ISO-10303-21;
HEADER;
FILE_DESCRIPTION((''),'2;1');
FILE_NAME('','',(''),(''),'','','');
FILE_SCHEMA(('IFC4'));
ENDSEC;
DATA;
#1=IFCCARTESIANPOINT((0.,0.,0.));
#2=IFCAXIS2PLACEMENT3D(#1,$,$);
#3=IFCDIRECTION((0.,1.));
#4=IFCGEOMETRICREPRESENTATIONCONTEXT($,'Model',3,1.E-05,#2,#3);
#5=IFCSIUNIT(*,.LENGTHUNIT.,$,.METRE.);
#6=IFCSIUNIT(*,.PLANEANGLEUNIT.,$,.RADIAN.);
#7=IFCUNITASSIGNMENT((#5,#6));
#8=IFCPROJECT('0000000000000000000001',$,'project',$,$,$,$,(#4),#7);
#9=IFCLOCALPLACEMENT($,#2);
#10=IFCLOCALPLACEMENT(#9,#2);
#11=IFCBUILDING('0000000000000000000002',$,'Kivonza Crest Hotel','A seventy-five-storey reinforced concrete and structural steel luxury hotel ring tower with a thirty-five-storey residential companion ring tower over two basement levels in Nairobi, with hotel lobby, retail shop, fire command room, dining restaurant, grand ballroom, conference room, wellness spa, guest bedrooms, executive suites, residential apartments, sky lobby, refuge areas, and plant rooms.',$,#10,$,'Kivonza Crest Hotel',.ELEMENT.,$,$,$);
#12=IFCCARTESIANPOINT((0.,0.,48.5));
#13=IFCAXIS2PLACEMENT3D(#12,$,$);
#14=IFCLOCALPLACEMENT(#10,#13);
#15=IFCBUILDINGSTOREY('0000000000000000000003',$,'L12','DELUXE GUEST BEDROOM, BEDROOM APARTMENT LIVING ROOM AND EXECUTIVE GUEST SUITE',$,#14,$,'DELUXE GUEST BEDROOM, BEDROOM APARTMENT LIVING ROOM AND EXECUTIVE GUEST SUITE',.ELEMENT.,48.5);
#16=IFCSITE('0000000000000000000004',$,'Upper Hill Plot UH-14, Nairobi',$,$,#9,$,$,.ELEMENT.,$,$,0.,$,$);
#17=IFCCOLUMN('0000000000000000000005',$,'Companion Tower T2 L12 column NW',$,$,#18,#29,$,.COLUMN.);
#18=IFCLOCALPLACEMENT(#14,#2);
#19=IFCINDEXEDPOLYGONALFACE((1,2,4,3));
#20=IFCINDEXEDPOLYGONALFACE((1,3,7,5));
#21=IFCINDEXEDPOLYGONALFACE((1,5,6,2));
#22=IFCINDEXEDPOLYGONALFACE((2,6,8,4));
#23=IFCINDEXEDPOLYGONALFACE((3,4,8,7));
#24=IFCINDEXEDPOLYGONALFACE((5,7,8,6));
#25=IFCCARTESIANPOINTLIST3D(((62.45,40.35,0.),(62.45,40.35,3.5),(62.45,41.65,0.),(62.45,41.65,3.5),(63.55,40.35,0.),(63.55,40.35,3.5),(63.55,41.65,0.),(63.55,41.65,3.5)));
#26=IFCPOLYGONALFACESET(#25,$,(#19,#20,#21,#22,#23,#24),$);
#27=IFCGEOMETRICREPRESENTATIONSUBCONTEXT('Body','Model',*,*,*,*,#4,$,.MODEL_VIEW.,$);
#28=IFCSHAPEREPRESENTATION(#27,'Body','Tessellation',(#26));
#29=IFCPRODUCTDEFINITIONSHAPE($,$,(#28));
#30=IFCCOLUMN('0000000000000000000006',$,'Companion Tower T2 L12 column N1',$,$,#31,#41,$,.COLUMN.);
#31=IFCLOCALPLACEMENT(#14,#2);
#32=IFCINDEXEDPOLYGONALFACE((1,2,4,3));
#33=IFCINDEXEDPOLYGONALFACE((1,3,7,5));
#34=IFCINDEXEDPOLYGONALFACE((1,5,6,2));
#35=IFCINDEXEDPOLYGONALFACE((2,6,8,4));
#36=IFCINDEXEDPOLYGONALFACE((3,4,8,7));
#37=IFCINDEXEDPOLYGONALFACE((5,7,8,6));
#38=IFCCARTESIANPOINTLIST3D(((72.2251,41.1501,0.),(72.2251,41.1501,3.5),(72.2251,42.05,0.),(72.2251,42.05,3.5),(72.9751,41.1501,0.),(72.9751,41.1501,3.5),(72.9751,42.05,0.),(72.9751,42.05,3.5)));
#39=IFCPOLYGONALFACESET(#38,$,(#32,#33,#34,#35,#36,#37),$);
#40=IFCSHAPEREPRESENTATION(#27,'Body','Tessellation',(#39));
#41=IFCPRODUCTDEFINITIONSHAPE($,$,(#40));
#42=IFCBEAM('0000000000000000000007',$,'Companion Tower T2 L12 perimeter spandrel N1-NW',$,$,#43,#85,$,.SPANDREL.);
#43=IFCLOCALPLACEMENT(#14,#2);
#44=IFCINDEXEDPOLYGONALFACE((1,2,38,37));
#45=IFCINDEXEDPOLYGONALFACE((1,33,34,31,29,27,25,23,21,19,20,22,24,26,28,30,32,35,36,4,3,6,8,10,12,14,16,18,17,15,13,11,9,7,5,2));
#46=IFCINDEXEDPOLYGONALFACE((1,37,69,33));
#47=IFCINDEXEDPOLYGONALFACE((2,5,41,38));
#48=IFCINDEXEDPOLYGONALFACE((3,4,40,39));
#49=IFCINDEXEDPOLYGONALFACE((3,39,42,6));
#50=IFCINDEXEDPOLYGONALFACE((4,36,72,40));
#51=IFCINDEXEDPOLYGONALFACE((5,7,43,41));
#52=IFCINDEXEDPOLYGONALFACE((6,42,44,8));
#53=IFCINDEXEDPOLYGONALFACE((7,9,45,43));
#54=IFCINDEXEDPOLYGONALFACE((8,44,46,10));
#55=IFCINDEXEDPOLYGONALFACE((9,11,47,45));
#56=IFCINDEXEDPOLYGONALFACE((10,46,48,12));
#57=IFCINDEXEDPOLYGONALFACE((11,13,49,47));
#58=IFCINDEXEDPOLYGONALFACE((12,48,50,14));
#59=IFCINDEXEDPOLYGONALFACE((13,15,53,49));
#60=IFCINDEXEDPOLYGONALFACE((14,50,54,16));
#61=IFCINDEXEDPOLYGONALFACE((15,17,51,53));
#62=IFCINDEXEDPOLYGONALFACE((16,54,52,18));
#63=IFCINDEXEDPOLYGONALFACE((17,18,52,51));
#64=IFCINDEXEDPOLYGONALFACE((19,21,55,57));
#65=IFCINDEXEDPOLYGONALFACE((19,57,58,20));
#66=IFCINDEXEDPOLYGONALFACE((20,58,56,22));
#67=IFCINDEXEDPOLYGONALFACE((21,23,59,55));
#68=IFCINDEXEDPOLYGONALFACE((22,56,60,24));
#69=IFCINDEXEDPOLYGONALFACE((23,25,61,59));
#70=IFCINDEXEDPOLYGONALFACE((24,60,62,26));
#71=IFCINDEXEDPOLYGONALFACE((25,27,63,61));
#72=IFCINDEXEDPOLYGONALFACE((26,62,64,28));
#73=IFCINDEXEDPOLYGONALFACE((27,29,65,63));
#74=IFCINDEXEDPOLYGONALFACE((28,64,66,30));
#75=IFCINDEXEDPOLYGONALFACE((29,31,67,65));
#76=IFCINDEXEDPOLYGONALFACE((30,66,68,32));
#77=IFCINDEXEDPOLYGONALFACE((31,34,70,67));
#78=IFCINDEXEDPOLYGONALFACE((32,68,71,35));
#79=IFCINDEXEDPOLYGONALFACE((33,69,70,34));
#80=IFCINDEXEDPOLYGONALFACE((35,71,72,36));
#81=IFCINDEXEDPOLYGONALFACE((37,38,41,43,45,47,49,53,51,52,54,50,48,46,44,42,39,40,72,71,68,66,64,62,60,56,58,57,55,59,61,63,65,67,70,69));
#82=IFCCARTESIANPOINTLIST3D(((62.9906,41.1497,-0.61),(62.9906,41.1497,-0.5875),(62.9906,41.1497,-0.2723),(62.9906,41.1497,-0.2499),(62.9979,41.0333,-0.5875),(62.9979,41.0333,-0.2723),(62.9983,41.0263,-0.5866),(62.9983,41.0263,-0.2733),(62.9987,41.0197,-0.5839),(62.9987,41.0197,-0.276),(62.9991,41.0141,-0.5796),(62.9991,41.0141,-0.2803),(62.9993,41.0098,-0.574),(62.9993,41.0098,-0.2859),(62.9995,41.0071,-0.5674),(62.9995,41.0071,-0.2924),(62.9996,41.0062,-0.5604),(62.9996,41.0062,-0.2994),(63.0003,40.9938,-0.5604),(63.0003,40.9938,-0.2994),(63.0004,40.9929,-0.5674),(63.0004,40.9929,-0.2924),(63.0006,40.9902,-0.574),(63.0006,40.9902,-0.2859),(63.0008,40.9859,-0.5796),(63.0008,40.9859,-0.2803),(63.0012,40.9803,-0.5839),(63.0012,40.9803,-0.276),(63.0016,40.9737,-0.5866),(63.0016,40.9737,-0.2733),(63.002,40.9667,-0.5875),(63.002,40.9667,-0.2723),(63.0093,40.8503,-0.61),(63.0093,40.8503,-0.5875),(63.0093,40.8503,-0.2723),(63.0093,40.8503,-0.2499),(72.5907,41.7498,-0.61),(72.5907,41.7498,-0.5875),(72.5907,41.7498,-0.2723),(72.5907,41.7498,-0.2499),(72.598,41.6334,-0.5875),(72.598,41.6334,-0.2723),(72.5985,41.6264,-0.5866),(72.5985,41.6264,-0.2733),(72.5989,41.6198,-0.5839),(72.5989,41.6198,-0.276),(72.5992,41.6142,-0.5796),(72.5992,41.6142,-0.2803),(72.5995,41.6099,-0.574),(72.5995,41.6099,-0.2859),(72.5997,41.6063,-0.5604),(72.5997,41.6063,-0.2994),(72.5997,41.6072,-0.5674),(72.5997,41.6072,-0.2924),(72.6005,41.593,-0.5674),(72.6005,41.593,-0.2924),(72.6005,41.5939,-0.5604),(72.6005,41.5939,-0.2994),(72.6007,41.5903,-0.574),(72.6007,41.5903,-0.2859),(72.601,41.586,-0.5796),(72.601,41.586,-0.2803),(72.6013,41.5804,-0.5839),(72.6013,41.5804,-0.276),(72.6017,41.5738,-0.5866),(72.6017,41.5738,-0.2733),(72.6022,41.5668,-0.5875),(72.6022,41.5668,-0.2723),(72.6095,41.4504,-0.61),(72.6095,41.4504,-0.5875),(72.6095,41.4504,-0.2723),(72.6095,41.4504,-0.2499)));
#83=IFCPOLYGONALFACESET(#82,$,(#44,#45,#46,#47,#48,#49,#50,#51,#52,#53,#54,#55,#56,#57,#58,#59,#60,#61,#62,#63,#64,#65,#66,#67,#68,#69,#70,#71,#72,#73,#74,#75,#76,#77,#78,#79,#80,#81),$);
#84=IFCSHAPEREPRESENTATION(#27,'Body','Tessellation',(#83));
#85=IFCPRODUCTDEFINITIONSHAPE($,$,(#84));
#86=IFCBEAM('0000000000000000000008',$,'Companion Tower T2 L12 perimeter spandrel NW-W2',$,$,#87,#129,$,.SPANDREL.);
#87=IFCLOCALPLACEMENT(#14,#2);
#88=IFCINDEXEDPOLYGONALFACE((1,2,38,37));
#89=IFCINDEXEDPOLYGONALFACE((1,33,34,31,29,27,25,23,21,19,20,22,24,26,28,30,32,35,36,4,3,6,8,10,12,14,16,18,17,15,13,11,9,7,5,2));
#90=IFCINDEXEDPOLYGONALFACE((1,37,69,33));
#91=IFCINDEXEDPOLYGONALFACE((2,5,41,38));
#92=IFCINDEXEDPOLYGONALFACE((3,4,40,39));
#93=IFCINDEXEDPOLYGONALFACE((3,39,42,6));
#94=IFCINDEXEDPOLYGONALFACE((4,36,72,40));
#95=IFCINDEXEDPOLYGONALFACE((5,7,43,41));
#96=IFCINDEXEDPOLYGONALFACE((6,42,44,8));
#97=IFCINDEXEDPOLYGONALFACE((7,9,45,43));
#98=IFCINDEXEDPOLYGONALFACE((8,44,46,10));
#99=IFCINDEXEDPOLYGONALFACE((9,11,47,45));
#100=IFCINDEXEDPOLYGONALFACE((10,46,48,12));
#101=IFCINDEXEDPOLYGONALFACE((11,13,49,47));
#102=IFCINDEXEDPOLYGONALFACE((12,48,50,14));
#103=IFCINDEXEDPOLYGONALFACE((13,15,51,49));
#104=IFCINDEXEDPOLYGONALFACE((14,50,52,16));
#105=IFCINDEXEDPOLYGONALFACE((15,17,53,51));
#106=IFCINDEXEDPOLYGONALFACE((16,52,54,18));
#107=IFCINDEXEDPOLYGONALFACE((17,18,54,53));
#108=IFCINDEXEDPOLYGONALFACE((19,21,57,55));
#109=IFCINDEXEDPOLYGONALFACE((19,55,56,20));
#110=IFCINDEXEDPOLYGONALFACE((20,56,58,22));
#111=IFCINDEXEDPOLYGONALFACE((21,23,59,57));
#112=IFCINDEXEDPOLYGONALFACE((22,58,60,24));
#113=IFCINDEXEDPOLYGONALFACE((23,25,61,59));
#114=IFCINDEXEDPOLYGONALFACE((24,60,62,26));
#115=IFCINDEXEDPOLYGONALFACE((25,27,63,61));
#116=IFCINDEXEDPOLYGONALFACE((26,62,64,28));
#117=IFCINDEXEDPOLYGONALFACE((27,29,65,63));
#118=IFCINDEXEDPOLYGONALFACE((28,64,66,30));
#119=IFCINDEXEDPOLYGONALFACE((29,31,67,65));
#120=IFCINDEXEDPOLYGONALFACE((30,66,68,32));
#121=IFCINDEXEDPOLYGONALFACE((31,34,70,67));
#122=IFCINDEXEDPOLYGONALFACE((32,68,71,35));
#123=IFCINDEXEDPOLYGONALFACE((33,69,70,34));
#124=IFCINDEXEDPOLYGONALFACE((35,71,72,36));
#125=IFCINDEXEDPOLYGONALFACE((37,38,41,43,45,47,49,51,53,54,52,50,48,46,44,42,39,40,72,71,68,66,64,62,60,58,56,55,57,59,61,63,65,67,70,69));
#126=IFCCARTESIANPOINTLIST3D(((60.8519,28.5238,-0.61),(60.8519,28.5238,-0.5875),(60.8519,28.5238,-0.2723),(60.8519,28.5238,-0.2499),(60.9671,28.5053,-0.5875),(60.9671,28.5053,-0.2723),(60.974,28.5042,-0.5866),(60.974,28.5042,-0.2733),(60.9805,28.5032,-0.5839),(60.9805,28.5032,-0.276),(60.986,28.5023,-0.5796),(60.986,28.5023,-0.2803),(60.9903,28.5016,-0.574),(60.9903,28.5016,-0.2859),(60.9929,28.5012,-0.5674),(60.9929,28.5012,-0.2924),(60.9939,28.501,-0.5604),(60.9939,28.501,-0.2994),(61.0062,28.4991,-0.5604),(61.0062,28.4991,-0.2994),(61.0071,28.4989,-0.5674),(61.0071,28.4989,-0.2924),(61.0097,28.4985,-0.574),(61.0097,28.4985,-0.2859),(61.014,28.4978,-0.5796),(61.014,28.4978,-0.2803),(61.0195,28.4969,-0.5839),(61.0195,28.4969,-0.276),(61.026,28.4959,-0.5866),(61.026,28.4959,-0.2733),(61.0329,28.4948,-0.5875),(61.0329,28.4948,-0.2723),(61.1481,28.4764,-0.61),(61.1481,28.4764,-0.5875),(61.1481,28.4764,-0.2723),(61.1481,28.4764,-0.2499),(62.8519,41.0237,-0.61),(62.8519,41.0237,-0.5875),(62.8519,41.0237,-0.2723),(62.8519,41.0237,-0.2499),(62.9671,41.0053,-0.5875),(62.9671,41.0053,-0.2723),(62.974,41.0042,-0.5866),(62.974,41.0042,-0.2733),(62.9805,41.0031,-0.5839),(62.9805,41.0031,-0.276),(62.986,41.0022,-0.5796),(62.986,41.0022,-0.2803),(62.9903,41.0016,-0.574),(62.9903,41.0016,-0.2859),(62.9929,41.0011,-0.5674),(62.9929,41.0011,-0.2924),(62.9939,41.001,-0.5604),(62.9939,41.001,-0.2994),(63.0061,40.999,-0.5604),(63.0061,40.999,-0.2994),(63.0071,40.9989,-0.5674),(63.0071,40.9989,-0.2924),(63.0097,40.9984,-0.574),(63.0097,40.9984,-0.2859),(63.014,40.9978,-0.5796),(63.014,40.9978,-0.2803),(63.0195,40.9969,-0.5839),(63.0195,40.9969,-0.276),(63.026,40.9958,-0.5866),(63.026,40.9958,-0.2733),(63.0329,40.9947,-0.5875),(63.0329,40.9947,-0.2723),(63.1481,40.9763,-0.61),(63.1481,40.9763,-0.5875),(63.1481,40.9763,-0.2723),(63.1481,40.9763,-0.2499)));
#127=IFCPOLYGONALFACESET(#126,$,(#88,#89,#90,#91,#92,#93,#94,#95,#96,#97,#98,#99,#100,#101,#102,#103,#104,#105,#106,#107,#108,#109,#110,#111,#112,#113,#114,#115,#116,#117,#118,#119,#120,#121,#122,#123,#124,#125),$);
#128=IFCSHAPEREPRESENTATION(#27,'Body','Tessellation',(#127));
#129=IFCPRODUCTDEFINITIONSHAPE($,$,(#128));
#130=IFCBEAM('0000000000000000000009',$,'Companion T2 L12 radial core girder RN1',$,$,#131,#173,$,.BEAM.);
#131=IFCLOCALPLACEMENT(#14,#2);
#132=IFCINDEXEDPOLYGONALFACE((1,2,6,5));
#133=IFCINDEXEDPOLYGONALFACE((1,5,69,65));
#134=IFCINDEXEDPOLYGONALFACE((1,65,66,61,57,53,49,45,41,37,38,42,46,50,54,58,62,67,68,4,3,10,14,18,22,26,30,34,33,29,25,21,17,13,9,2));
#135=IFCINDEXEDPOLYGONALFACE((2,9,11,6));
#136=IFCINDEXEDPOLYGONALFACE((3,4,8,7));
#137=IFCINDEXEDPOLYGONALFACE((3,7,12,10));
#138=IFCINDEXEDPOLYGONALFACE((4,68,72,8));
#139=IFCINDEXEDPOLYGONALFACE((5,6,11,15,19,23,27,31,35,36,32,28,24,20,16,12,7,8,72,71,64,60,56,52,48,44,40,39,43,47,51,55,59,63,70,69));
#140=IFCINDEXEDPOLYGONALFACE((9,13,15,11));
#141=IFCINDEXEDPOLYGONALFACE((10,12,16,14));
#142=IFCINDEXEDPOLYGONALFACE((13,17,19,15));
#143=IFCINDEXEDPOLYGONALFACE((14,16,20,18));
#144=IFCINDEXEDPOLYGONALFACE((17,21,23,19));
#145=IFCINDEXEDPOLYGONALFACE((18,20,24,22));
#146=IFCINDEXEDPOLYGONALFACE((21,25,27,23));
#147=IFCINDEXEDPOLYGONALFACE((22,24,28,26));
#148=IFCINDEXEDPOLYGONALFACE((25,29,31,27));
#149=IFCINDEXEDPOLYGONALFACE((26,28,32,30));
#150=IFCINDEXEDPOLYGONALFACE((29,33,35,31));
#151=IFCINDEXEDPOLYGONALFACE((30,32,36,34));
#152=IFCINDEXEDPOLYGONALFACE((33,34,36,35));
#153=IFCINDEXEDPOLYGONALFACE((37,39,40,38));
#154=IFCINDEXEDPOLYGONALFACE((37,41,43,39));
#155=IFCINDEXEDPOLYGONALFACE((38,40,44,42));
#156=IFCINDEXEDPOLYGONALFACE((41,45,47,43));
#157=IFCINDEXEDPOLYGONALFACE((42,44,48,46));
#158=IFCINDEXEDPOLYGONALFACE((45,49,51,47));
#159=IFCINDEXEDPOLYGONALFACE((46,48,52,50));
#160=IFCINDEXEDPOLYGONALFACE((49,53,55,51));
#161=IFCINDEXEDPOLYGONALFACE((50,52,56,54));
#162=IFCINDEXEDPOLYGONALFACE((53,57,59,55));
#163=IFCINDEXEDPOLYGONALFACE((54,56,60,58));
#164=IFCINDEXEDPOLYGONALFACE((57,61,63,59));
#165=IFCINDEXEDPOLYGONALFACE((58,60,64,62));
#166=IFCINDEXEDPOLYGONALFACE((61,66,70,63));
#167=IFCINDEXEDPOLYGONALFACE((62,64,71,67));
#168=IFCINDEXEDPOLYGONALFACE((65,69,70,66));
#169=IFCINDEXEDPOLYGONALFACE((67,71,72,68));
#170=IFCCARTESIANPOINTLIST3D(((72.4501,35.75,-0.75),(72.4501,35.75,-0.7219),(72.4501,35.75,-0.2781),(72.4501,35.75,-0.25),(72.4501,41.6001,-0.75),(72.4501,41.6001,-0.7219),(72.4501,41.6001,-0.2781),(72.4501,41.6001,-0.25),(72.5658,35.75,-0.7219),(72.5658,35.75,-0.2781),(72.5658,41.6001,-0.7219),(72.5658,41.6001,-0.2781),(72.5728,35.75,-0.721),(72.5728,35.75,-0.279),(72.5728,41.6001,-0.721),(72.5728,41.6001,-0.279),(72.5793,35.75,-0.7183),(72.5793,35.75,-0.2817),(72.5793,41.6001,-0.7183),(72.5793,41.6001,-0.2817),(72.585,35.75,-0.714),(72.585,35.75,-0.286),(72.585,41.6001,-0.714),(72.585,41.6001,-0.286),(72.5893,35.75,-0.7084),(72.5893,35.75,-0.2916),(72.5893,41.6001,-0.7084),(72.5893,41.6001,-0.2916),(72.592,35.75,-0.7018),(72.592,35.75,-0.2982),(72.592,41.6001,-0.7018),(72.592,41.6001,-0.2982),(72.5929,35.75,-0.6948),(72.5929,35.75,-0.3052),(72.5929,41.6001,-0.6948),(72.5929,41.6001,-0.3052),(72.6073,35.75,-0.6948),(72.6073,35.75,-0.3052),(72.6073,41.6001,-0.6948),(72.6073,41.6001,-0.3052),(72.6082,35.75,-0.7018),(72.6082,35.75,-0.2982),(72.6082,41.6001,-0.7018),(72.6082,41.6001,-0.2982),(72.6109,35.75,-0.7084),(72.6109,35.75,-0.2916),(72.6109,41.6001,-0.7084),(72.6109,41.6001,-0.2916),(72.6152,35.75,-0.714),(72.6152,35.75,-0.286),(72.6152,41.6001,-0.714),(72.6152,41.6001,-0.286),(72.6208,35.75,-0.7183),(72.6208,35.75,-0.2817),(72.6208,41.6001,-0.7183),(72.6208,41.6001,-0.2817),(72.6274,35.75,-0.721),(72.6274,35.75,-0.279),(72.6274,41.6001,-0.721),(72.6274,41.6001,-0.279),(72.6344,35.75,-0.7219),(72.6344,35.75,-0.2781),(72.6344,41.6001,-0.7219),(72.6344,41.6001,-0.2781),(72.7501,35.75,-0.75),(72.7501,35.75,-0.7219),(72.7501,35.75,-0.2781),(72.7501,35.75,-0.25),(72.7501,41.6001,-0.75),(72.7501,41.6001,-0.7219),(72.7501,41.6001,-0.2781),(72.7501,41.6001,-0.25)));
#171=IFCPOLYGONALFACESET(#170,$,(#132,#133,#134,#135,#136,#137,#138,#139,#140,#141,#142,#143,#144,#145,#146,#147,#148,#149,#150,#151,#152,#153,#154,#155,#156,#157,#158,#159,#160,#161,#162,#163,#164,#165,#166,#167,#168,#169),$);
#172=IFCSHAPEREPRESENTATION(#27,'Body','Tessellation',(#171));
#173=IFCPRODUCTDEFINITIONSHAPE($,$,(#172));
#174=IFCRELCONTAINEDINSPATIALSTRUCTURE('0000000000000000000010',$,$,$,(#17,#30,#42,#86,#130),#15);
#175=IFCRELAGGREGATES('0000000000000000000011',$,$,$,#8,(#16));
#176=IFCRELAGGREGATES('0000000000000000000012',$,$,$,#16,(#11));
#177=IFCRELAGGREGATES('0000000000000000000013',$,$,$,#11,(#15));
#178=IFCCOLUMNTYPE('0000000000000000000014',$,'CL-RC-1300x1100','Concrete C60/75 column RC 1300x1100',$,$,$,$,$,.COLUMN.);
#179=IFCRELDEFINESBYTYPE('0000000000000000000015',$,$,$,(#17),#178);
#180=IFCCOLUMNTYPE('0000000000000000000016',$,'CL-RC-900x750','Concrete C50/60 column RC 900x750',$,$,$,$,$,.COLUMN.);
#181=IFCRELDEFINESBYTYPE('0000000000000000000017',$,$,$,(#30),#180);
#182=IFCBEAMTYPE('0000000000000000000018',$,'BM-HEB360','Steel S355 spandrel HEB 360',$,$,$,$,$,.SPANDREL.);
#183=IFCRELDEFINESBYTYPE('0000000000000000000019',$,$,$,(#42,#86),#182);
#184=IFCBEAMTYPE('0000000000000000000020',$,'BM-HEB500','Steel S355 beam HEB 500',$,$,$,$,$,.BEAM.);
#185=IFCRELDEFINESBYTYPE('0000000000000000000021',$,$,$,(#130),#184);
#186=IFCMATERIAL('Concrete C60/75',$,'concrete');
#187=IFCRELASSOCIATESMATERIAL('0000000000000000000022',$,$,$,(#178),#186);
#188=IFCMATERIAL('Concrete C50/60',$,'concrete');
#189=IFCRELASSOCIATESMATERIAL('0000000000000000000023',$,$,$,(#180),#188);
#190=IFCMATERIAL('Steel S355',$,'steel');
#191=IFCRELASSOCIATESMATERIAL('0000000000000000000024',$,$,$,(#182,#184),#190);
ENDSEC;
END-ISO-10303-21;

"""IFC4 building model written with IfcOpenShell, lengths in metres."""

from ifc_helpers import new_model, si_unit, direction, frame, origin, origin_2d, place, context, subcontext, project, spatial, rectangle, i_section, extrude, material, material_profile, profile_set, type_object, element, save


model = new_model("IFC4")

# Units and contexts
model_context = context("Model", 3, precision=1e-05, world=origin(), true_north=direction((0.0, 1.0)))
body_context = subcontext(model_context, "Body", "Model", "MODEL_VIEW")
ifc_project = project(units=[si_unit("LENGTHUNIT", "METRE"), si_unit("PLANEANGLEUNIT", "RADIAN")], contexts=[model_context])

# Site, building, storey
site_placement = place(None, origin())
site = spatial("IfcSite", under=ifc_project, at=site_placement, Name="Upper Hill Plot UH-14, Nairobi", CompositionType="ELEMENT", RefElevation=0.0)
building_placement = place(site_placement, origin())
building = spatial("IfcBuilding", under=site, at=building_placement, Name="Kivonza Crest Hotel", Description="A seventy-five-storey reinforced concrete and structural steel luxury hotel ring tower with a thirty-five-storey residential companion ring tower over two basement levels in Nairobi, with hotel lobby, retail shop, fire command room, dining restaurant, grand ballroom, conference room, wellness spa, guest bedrooms, executive suites, residential apartments, sky lobby, refuge areas, and plant rooms.", LongName="Kivonza Crest Hotel", CompositionType="ELEMENT")
storey_placement = place(building_placement, frame((0.0, 0.0, 48.5)))
storey = spatial("IfcBuildingStorey", under=building, at=storey_placement, Name="L12", Description="DELUXE GUEST BEDROOM, BEDROOM APARTMENT LIVING ROOM AND EXECUTIVE GUEST SUITE", LongName="DELUXE GUEST BEDROOM, BEDROOM APARTMENT LIVING ROOM AND EXECUTIVE GUEST SUITE", CompositionType="ELEMENT", Elevation=48.5)

# Columns
ifc_material_1 = material(Name="Concrete C60/75", Category="concrete")
ifc_material_profile_1 = material_profile(ifc_material_1, rectangle(XDim=1.1001, YDim=1.3, at=origin_2d()), Name="RC 1300x1100")
ifc_profile_set_1 = profile_set([ifc_material_profile_1], Name="Concrete C60/75")
column_type_1 = type_object("IfcColumnType", Name="CL-RC-1300x1100", Description="Concrete C60/75 column RC 1300x1100", PredefinedType="COLUMN", material=ifc_profile_set_1)
column_1_placement = place(storey_placement, frame((63.0, 41.0, 0.0), z_axis=(0.0, 0.0, 1.0), x_axis=(1.0, 0.0, 0.0)))
element("IfcColumn", 1, at=column_1_placement, inside=storey, type_object=column_type_1, Name="Companion Tower T2 L12 column NW", PredefinedType="COLUMN", context=body_context, shape_type="SweptSolid", body=[
    extrude(rectangle(XDim=1.1001, YDim=1.3, at=origin_2d()), origin(), (0.0, 0.0, 1.0), 3.5),
])
ifc_material_2 = material(Name="Concrete C50/60", Category="concrete")
ifc_material_profile_2 = material_profile(ifc_material_2, rectangle(XDim=0.75, YDim=0.8999, at=origin_2d()), Name="RC 900x750")
ifc_profile_set_2 = profile_set([ifc_material_profile_2], Name="Concrete C50/60")
column_type_2 = type_object("IfcColumnType", Name="CL-RC-900x750", Description="Concrete C50/60 column RC 900x750", PredefinedType="COLUMN", material=ifc_profile_set_2)
column_2_placement = place(storey_placement, frame((72.6001, 41.6001, 0.0), z_axis=(0.0, 0.0, 1.0), x_axis=(1.0, 0.0, 0.0)))
element("IfcColumn", 2, at=column_2_placement, inside=storey, type_object=column_type_2, Name="Companion Tower T2 L12 column N1", PredefinedType="COLUMN", context=body_context, shape_type="SweptSolid", body=[
    extrude(rectangle(XDim=0.75, YDim=0.8999, at=origin_2d()), origin(), (0.0, 0.0, 1.0), 3.5),
])

# Beams
ifc_material_3 = material(Name="Steel S355", Category="steel")
ifc_material_profile_3 = material_profile(ifc_material_3, i_section(OverallWidth=0.3, OverallDepth=0.3601, WebThickness=0.0125, FlangeThickness=0.0225, FilletRadius=0.0271, at=origin_2d()), Name="HEB 360")
ifc_profile_set_3 = profile_set([ifc_material_profile_3], Name="Steel S355")
beam_type_1 = type_object("IfcBeamType", Name="BM-HEB360", Description="Steel S355 spandrel HEB 360", PredefinedType="SPANDREL", material=ifc_profile_set_3)
beam_1_placement = place(storey_placement, frame((72.6001, 41.6001, -0.4299), z_axis=(-0.998052, -0.062388, 0.0), x_axis=(0.062388, -0.998052, 0.0)))
element("IfcBeam", 3, at=beam_1_placement, inside=storey, type_object=beam_type_1, Name="Companion Tower T2 L12 perimeter spandrel N1-NW", PredefinedType="SPANDREL", context=body_context, shape_type="SweptSolid", body=[
    extrude(i_section(OverallWidth=0.3, OverallDepth=0.3601, WebThickness=0.0125, FlangeThickness=0.0225, FilletRadius=0.0271, at=origin_2d()), origin(), (0.0, 0.0, 1.0), 9.6189),
])
beam_2_placement = place(storey_placement, frame((63.0, 41.0, -0.4299), z_axis=(-0.157991, -0.987441, 0.0), x_axis=(0.987441, -0.157991, 0.0)))
element("IfcBeam", 4, at=beam_2_placement, inside=storey, type_object=beam_type_1, Name="Companion Tower T2 L12 perimeter spandrel NW-W2", PredefinedType="SPANDREL", context=body_context, shape_type="SweptSolid", body=[
    extrude(i_section(OverallWidth=0.3, OverallDepth=0.3601, WebThickness=0.0125, FlangeThickness=0.0225, FilletRadius=0.0271, at=origin_2d()), origin(), (0.0, 0.0, 1.0), 12.6589),
])
ifc_material_profile_4 = material_profile(ifc_material_3, i_section(OverallWidth=0.3, OverallDepth=0.5, WebThickness=0.0144, FlangeThickness=0.0281, FilletRadius=0.0271, at=origin_2d()), Name="HEB 500")
ifc_profile_set_4 = profile_set([ifc_material_profile_4], Name="Steel S355")
beam_type_2 = type_object("IfcBeamType", Name="BM-HEB500", Description="Steel S355 beam HEB 500", PredefinedType="BEAM", material=ifc_profile_set_4)
beam_3_placement = place(storey_placement, frame((72.6001, 41.6001, -0.5), z_axis=(0.0, -1.0, 0.0), x_axis=(1.0, 0.0, 0.0)))
element("IfcBeam", 5, at=beam_3_placement, inside=storey, type_object=beam_type_2, Name="Companion T2 L12 radial core girder RN1", PredefinedType="BEAM", context=body_context, shape_type="SweptSolid", body=[
    extrude(i_section(OverallWidth=0.3, OverallDepth=0.5, WebThickness=0.0144, FlangeThickness=0.0281, FilletRadius=0.0271, at=origin_2d()), origin(), (0.0, 0.0, 1.0), 5.8501),
])

save(model, "model.ifc")
